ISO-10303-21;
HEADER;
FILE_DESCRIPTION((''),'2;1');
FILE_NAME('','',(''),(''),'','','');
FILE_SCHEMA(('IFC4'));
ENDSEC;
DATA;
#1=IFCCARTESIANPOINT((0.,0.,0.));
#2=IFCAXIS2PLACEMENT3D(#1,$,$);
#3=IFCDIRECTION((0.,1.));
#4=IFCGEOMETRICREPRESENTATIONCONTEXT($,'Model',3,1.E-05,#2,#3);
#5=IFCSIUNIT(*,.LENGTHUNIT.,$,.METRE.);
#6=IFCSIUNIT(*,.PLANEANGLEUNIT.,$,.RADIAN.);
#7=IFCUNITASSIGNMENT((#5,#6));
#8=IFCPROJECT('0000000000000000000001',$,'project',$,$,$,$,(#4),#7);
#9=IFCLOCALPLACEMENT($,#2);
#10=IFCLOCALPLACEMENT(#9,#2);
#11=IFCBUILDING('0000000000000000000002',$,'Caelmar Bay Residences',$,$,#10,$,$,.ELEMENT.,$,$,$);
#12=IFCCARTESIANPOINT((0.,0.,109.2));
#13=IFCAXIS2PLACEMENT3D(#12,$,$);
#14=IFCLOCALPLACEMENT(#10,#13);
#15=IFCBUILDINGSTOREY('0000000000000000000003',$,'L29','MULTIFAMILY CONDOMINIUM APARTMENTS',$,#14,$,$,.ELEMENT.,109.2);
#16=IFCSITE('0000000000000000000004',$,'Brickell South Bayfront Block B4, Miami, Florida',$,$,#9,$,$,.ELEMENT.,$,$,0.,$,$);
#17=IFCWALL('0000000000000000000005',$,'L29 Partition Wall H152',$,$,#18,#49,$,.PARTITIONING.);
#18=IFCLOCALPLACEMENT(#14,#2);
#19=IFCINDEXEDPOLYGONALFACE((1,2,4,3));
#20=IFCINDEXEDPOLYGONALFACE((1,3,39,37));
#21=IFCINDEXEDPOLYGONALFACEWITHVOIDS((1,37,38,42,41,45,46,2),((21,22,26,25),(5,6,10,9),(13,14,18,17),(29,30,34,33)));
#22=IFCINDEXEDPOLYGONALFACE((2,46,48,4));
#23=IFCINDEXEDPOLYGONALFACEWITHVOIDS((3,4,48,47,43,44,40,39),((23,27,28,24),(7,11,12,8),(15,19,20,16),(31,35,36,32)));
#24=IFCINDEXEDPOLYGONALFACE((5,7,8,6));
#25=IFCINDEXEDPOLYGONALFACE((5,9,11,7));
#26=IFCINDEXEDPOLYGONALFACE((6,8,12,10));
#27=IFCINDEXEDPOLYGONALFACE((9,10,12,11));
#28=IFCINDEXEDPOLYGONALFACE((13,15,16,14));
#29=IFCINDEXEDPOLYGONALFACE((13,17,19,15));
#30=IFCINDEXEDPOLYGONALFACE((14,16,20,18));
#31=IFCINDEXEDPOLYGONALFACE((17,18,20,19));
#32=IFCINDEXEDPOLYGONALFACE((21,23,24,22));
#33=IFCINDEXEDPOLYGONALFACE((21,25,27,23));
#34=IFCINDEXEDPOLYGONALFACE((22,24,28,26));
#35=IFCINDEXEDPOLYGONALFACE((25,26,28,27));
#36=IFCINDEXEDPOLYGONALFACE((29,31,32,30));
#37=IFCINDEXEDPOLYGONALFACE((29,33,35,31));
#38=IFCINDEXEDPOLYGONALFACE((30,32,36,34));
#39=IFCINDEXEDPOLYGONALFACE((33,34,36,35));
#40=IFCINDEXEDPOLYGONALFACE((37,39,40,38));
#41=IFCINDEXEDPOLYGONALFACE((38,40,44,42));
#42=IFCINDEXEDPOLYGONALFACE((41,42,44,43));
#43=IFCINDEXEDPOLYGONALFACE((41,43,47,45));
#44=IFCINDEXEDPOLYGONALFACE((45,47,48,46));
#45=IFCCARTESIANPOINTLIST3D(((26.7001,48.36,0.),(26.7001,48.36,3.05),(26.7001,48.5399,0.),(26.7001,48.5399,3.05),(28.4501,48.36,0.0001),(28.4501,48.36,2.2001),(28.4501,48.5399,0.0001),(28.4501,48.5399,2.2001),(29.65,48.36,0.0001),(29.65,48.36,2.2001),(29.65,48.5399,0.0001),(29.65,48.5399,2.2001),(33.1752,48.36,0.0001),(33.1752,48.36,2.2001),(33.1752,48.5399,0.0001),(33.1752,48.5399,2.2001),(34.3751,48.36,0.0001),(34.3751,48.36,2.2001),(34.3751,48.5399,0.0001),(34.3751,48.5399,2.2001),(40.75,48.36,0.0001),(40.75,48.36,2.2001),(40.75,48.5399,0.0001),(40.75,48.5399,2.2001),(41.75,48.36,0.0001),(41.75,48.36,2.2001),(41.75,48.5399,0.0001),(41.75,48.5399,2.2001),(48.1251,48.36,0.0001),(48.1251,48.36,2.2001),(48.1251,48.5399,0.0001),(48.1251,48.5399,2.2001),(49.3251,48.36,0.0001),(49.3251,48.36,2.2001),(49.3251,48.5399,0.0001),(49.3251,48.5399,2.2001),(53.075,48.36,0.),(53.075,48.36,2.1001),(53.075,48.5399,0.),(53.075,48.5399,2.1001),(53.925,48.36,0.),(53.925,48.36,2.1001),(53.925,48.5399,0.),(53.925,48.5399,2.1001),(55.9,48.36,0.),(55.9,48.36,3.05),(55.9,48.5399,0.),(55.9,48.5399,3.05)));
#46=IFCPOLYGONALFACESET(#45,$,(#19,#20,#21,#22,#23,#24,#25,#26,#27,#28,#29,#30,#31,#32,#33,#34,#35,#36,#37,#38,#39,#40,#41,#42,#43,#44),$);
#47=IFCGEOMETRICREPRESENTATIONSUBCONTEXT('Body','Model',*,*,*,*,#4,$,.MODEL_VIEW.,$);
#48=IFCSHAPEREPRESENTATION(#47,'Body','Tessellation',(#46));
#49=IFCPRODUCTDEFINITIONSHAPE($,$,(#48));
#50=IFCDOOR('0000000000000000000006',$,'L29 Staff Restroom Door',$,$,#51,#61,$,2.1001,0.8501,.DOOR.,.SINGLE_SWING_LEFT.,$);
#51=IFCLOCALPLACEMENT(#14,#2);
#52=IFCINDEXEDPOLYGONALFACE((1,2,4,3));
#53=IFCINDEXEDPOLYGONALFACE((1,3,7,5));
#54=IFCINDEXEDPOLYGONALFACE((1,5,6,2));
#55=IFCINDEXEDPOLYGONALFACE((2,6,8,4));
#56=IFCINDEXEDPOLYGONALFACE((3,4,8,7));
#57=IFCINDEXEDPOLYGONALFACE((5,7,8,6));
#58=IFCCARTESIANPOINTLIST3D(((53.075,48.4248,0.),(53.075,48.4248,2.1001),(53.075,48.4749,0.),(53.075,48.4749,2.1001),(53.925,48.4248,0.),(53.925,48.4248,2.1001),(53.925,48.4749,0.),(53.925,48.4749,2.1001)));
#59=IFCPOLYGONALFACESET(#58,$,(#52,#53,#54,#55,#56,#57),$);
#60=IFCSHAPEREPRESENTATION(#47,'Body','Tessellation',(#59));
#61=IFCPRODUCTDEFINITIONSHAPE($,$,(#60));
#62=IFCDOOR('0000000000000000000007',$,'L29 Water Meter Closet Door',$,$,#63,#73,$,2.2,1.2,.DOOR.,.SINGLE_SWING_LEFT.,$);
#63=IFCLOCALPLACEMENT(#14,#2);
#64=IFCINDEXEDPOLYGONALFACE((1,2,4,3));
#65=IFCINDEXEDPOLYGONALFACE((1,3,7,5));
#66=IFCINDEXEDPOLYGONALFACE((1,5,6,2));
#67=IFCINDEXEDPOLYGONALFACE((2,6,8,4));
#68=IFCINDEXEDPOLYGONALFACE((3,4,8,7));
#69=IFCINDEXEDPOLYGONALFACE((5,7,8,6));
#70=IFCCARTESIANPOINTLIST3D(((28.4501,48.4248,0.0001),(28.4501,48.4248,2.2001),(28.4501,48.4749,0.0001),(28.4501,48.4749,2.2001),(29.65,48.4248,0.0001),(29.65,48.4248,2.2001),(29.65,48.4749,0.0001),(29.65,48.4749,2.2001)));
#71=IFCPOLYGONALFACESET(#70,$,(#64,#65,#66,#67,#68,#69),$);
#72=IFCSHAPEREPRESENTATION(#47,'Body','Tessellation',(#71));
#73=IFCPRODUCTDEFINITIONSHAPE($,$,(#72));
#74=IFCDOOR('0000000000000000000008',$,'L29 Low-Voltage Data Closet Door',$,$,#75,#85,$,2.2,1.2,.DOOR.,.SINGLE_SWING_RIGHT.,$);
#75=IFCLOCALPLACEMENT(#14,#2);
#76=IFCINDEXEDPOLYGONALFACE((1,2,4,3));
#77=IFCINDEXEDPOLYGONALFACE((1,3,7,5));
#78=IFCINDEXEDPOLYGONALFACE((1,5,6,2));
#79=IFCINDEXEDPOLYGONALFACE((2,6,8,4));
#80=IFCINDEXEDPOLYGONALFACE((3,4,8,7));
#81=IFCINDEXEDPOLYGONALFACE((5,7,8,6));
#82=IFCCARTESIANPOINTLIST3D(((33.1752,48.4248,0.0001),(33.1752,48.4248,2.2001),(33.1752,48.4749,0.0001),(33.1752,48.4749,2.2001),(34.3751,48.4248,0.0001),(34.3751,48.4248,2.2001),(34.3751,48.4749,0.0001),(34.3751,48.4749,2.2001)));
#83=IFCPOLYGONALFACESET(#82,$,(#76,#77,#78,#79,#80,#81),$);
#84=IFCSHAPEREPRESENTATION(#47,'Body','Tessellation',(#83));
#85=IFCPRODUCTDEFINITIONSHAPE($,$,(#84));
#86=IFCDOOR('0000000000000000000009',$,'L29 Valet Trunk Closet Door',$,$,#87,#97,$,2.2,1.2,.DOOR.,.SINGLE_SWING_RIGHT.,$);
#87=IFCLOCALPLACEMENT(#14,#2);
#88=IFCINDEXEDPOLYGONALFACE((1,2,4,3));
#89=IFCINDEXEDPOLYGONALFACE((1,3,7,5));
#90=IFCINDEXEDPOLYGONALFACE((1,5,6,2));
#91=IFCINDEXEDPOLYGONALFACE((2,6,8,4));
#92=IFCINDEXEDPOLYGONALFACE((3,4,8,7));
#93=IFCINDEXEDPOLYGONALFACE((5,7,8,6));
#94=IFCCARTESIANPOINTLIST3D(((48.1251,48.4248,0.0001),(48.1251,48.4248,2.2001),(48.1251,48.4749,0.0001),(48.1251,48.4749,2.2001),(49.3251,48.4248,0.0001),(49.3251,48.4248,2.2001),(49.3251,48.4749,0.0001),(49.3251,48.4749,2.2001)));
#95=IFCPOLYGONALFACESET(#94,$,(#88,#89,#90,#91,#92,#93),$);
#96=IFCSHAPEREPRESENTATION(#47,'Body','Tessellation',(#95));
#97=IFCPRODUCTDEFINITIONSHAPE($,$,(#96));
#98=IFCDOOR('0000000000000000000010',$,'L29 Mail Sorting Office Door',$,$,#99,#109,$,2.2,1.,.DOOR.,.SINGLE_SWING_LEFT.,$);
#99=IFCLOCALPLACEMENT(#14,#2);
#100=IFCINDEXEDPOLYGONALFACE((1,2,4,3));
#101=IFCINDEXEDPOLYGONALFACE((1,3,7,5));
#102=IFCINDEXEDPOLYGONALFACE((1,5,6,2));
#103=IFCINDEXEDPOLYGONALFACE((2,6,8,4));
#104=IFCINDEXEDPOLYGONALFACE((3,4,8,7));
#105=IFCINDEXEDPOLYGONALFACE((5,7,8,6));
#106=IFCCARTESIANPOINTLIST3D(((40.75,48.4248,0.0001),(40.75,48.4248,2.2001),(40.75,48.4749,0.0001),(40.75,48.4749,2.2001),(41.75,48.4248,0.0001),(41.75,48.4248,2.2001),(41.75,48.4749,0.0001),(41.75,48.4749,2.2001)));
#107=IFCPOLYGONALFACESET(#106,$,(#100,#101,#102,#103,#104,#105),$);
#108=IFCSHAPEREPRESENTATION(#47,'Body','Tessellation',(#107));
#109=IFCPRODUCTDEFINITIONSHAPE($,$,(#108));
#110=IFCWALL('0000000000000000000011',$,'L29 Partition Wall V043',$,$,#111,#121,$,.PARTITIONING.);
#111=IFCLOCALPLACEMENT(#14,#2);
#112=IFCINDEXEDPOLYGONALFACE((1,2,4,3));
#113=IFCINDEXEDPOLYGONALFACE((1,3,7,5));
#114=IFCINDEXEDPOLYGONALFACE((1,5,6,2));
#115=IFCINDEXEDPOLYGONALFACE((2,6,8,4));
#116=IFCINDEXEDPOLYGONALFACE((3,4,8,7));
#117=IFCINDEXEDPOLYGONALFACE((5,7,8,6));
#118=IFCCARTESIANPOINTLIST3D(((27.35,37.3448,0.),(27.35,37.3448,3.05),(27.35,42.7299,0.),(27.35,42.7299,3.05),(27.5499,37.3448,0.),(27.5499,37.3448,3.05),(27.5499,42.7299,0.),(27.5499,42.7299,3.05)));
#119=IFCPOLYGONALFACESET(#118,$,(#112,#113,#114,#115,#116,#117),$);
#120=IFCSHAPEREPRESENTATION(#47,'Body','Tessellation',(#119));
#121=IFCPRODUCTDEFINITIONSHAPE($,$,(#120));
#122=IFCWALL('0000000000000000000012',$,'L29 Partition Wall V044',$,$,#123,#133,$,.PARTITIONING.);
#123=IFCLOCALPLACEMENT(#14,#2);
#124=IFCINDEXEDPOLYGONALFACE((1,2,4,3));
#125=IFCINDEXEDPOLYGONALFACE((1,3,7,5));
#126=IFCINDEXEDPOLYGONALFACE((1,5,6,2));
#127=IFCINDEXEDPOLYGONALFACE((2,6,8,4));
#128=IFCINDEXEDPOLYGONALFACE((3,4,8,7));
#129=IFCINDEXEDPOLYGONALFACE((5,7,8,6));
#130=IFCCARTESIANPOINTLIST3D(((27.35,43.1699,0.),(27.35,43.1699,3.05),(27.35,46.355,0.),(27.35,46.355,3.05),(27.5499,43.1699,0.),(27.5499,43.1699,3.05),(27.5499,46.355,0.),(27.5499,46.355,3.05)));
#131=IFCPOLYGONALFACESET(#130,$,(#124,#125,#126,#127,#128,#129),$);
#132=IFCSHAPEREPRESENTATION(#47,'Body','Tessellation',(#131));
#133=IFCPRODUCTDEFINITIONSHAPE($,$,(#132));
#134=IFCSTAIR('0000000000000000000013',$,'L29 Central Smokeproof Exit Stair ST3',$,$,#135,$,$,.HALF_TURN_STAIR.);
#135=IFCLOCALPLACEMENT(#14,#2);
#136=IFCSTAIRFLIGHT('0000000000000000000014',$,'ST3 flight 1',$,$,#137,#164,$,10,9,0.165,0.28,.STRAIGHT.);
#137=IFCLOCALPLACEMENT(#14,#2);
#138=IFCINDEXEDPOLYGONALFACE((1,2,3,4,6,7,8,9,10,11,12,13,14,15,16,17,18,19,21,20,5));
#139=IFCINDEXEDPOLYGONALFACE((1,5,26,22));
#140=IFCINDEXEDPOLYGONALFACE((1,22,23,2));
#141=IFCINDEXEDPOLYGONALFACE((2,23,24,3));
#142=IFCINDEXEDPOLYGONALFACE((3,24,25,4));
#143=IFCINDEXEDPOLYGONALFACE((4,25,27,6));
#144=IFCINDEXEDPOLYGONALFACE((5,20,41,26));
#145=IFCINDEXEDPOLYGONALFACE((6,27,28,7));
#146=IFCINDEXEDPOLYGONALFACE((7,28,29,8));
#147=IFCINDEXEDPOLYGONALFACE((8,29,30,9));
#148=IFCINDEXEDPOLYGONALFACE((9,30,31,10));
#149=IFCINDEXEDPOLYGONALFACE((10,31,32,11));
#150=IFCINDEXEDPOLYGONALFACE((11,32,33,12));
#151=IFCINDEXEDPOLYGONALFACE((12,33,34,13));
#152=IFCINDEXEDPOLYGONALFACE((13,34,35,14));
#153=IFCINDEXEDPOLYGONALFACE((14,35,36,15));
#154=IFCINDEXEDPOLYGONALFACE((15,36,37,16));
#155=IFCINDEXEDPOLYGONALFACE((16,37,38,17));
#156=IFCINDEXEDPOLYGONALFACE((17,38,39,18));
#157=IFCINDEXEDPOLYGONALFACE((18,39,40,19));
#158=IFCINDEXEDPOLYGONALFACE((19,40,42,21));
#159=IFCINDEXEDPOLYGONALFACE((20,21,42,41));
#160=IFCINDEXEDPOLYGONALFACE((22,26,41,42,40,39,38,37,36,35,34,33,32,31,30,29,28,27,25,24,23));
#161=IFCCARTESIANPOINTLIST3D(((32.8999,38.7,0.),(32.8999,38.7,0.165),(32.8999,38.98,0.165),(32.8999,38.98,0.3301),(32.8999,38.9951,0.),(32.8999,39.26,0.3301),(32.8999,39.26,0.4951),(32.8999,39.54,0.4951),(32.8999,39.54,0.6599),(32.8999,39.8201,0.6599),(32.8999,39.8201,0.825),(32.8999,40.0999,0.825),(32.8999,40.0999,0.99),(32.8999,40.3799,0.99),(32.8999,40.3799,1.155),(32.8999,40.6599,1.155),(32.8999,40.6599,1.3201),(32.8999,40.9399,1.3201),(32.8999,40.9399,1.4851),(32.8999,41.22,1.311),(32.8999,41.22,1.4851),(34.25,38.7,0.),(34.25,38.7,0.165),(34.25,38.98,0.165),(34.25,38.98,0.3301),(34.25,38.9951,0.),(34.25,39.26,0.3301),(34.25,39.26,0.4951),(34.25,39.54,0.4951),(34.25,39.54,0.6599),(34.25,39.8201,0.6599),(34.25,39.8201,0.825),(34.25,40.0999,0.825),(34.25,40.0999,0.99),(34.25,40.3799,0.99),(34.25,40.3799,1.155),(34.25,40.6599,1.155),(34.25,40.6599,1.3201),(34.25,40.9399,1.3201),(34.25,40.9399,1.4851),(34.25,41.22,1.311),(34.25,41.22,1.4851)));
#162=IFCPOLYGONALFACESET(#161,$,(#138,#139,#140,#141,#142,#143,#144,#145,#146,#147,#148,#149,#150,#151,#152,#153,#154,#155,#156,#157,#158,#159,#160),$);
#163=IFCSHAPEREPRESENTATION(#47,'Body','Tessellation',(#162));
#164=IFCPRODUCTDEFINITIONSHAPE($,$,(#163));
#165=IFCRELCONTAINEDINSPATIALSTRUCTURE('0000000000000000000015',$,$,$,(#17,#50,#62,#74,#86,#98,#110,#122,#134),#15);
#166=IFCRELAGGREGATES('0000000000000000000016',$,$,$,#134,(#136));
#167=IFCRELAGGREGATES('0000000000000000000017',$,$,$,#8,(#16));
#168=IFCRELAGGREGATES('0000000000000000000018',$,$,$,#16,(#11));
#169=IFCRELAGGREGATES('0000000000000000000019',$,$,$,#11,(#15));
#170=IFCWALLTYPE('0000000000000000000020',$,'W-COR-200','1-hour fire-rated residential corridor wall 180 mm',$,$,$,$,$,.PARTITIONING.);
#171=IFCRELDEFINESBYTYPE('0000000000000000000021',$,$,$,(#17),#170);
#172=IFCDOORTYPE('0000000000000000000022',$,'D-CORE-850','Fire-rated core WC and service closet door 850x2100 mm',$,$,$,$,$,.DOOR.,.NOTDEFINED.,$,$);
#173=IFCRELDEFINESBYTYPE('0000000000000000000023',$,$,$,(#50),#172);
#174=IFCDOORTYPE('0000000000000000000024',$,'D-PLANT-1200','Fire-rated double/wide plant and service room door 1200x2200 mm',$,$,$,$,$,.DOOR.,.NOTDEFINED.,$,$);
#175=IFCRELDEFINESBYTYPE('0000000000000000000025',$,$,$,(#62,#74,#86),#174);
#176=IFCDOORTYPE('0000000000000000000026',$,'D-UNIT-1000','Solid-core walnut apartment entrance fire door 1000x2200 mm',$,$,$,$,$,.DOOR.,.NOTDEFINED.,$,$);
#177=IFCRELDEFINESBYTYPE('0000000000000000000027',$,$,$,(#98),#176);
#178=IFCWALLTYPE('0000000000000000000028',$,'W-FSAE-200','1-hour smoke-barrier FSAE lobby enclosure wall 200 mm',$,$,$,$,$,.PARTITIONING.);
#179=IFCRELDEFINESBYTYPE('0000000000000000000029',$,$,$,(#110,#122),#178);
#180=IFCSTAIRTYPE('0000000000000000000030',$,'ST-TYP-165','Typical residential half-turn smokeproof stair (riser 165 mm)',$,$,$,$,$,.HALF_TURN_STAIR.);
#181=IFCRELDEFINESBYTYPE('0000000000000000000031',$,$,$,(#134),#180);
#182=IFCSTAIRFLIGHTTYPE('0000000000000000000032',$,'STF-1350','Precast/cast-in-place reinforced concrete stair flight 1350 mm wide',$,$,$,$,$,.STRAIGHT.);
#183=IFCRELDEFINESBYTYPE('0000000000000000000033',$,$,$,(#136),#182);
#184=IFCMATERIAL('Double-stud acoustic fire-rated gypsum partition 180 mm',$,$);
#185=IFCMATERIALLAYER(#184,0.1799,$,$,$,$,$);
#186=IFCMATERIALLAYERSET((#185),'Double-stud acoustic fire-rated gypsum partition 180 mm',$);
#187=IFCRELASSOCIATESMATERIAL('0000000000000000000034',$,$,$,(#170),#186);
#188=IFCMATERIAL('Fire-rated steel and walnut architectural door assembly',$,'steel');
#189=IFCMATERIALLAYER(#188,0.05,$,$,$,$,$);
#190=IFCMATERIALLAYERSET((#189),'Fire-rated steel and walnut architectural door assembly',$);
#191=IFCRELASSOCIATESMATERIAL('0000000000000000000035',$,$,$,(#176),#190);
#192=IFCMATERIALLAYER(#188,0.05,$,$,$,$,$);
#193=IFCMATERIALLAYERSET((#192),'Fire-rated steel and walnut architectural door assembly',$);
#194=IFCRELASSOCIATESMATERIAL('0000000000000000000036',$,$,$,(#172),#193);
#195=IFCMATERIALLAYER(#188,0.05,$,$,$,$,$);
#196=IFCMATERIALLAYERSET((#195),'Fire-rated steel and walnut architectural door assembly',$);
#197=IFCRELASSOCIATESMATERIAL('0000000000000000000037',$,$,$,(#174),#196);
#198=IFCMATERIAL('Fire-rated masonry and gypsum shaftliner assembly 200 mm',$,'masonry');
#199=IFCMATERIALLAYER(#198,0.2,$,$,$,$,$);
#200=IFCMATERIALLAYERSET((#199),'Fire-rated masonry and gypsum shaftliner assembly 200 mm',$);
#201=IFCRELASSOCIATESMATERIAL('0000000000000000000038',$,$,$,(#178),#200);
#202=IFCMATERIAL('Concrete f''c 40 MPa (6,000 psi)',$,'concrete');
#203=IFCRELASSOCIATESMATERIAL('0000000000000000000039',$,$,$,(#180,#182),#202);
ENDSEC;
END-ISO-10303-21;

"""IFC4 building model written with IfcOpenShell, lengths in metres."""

from ifc_helpers import new_model, si_unit, direction, frame, frame_2d, origin, place, context, subcontext, project, spatial, polyline, rectangle, outline, extrude, material, layer, layer_set, type_object, element, fill, aggregate, save


model = new_model("IFC4")

# Units and contexts
model_context = context("Model", 3, precision=1e-05, world=origin(), true_north=direction((0.0, 1.0)))
body_context = subcontext(model_context, "Body", "Model", "MODEL_VIEW")
ifc_project = project(units=[si_unit("LENGTHUNIT", "METRE"), si_unit("PLANEANGLEUNIT", "RADIAN")], contexts=[model_context])

# Site, building, storey
site_placement = place(None, origin())
site = spatial("IfcSite", under=ifc_project, at=site_placement, Name="Brickell South Bayfront Block B4, Miami, Florida", CompositionType="ELEMENT", RefElevation=0.0)
building_placement = place(site_placement, origin())
building = spatial("IfcBuilding", under=site, at=building_placement, Name="Caelmar Bay Residences", CompositionType="ELEMENT")
storey_placement = place(building_placement, frame((0.0, 0.0, 109.2)))
storey = spatial("IfcBuildingStorey", under=building, at=storey_placement, Name="L29", Description="MULTIFAMILY CONDOMINIUM APARTMENTS", CompositionType="ELEMENT", Elevation=109.2)

# Shared definitions
ifc_material_1 = material(Name="Double-stud acoustic fire-rated gypsum partition 180 mm")
ifc_layer_1 = layer(ifc_material_1, 0.1799)
ifc_layer_set_1 = layer_set([ifc_layer_1], Name="Double-stud acoustic fire-rated gypsum partition 180 mm")
wall_type_1 = type_object("IfcWallType", Name="W-COR-200", Description="1-hour fire-rated residential corridor wall 180 mm", PredefinedType="PARTITIONING", material=ifc_layer_set_1)

# Wall, openings, doors
ifc_material_2 = material(Name="Fire-rated steel and walnut architectural door assembly", Category="steel")
ifc_layer_2 = layer(ifc_material_2, 0.05)
ifc_layer_set_2 = layer_set([ifc_layer_2], Name="Fire-rated steel and walnut architectural door assembly")
door_type_1 = type_object("IfcDoorType", Name="D-UNIT-1000", Description="Solid-core walnut apartment entrance fire door 1000x2200 mm", OperationType="NOTDEFINED", PredefinedType="DOOR", material=ifc_layer_set_2)
wall_1_placement = place(storey_placement, frame((26.7, 48.45, 0.0), z_axis=(0.0, 0.0, 1.0), x_axis=(1.0, 0.0, 0.0)))
wall_1 = element("IfcWall", 1, at=wall_1_placement, inside=storey, type_object=wall_type_1, Name="L29 Partition Wall H152", PredefinedType="PARTITIONING", context=body_context, shape_type="SweptSolid", body=[
    extrude(rectangle(XDim=29.2, YDim=0.1799, at=frame_2d((14.6001, 0.0))), origin(), (0.0, 0.0, 1.0), 3.05),
])
opening_1_placement = place(wall_1_placement, frame((1.75, 0.0, 0.0)))
opening_1 = element("IfcOpeningElement", 2, at=opening_1_placement, cuts=wall_1, PredefinedType="OPENING", context=body_context, shape_type="SweptSolid", body=[
    extrude(rectangle(XDim=1.2, YDim=2.2, at=frame_2d((0.6001, 1.1001))), frame((0.0, 0.0999, 0.0), z_axis=(0.0, -1.0, 0.0), x_axis=(1.0, 0.0, 0.0)), (0.0, 0.0, 1.0), 0.2),
])
opening_2_placement = place(wall_1_placement, frame((6.4751, 0.0, 0.0)))
opening_2 = element("IfcOpeningElement", 3, at=opening_2_placement, cuts=wall_1, PredefinedType="OPENING", context=body_context, shape_type="SweptSolid", body=[
    extrude(rectangle(XDim=1.2, YDim=2.2, at=frame_2d((0.6001, 1.1001))), frame((0.0, 0.0999, 0.0), z_axis=(0.0, -1.0, 0.0), x_axis=(1.0, 0.0, 0.0)), (0.0, 0.0, 1.0), 0.2),
])
opening_3_placement = place(wall_1_placement, frame((14.05, 0.0, 0.0)))
opening_3 = element("IfcOpeningElement", 4, at=opening_3_placement, cuts=wall_1, PredefinedType="OPENING", context=body_context, shape_type="SweptSolid", body=[
    extrude(rectangle(XDim=1.0, YDim=2.2, at=frame_2d((0.5, 1.1001))), frame((0.0, 0.0999, 0.0), z_axis=(0.0, -1.0, 0.0), x_axis=(1.0, 0.0, 0.0)), (0.0, 0.0, 1.0), 0.2),
])
opening_4_placement = place(wall_1_placement, frame((21.425, 0.0, 0.0)))
opening_4 = element("IfcOpeningElement", 5, at=opening_4_placement, cuts=wall_1, PredefinedType="OPENING", context=body_context, shape_type="SweptSolid", body=[
    extrude(rectangle(XDim=1.2, YDim=2.2, at=frame_2d((0.6001, 1.1001))), frame((0.0, 0.0999, 0.0), z_axis=(0.0, -1.0, 0.0), x_axis=(1.0, 0.0, 0.0)), (0.0, 0.0, 1.0), 0.2),
])
opening_5_placement = place(wall_1_placement, frame((26.375, 0.0, 0.0)))
opening_5 = element("IfcOpeningElement", 6, at=opening_5_placement, cuts=wall_1, PredefinedType="OPENING", context=body_context, shape_type="SweptSolid", body=[
    extrude(rectangle(XDim=0.8501, YDim=2.1001, at=frame_2d((0.425, 1.05))), frame((0.0, 0.0999, 0.0), z_axis=(0.0, -1.0, 0.0), x_axis=(1.0, 0.0, 0.0)), (0.0, 0.0, 1.0), 0.2),
])
ifc_layer_3 = layer(ifc_material_2, 0.05)
ifc_layer_set_3 = layer_set([ifc_layer_3], Name="Fire-rated steel and walnut architectural door assembly")
door_type_2 = type_object("IfcDoorType", Name="D-CORE-850", Description="Fire-rated core WC and service closet door 850x2100 mm", OperationType="NOTDEFINED", PredefinedType="DOOR", material=ifc_layer_set_3)
door_1_placement = place(opening_5_placement, origin())
door_1 = element("IfcDoor", 7, at=door_1_placement, inside=storey, type_object=door_type_2, Name="L29 Staff Restroom Door", OperationType="SINGLE_SWING_LEFT", OverallHeight=2.1001, OverallWidth=0.8501, PredefinedType="DOOR", context=body_context, shape_type="SweptSolid", body=[
    extrude(rectangle(XDim=0.8501, YDim=2.1001, at=frame_2d((0.425, 1.05))), frame((0.0, 0.0249, 0.0), z_axis=(0.0, -1.0, 0.0), x_axis=(1.0, 0.0, 0.0)), (0.0, 0.0, 1.0), 0.05),
])
fill(opening_5, door_1)
ifc_layer_4 = layer(ifc_material_2, 0.05)
ifc_layer_set_4 = layer_set([ifc_layer_4], Name="Fire-rated steel and walnut architectural door assembly")
door_type_3 = type_object("IfcDoorType", Name="D-PLANT-1200", Description="Fire-rated double/wide plant and service room door 1200x2200 mm", OperationType="NOTDEFINED", PredefinedType="DOOR", material=ifc_layer_set_4)
door_2_placement = place(opening_1_placement, origin())
door_2 = element("IfcDoor", 8, at=door_2_placement, inside=storey, type_object=door_type_3, Name="L29 Water Meter Closet Door", OperationType="SINGLE_SWING_LEFT", OverallHeight=2.2, OverallWidth=1.2, PredefinedType="DOOR", context=body_context, shape_type="SweptSolid", body=[
    extrude(rectangle(XDim=1.2, YDim=2.2, at=frame_2d((0.6001, 1.1001))), frame((0.0, 0.0249, 0.0), z_axis=(0.0, -1.0, 0.0), x_axis=(1.0, 0.0, 0.0)), (0.0, 0.0, 1.0), 0.05),
])
fill(opening_1, door_2)
door_3_placement = place(opening_2_placement, origin())
door_3 = element("IfcDoor", 9, at=door_3_placement, inside=storey, type_object=door_type_3, Name="L29 Low-Voltage Data Closet Door", OperationType="SINGLE_SWING_RIGHT", OverallHeight=2.2, OverallWidth=1.2, PredefinedType="DOOR", context=body_context, shape_type="SweptSolid", body=[
    extrude(rectangle(XDim=1.2, YDim=2.2, at=frame_2d((0.6001, 1.1001))), frame((0.0, 0.0249, 0.0), z_axis=(0.0, -1.0, 0.0), x_axis=(1.0, 0.0, 0.0)), (0.0, 0.0, 1.0), 0.05),
])
fill(opening_2, door_3)
door_4_placement = place(opening_4_placement, origin())
door_4 = element("IfcDoor", 10, at=door_4_placement, inside=storey, type_object=door_type_3, Name="L29 Valet Trunk Closet Door", OperationType="SINGLE_SWING_RIGHT", OverallHeight=2.2, OverallWidth=1.2, PredefinedType="DOOR", context=body_context, shape_type="SweptSolid", body=[
    extrude(rectangle(XDim=1.2, YDim=2.2, at=frame_2d((0.6001, 1.1001))), frame((0.0, 0.0249, 0.0), z_axis=(0.0, -1.0, 0.0), x_axis=(1.0, 0.0, 0.0)), (0.0, 0.0, 1.0), 0.05),
])
fill(opening_4, door_4)
door_5_placement = place(opening_3_placement, origin())
door_5 = element("IfcDoor", 11, at=door_5_placement, inside=storey, type_object=door_type_1, Name="L29 Mail Sorting Office Door", OperationType="SINGLE_SWING_LEFT", OverallHeight=2.2, OverallWidth=1.0, PredefinedType="DOOR", context=body_context, shape_type="SweptSolid", body=[
    extrude(rectangle(XDim=1.0, YDim=2.2, at=frame_2d((0.5, 1.1001))), frame((0.0, 0.0249, 0.0), z_axis=(0.0, -1.0, 0.0), x_axis=(1.0, 0.0, 0.0)), (0.0, 0.0, 1.0), 0.05),
])
fill(opening_3, door_5)

# Walls
ifc_material_3 = material(Name="Fire-rated masonry and gypsum shaftliner assembly 200 mm", Category="masonry")
ifc_layer_5 = layer(ifc_material_3, 0.2)
ifc_layer_set_5 = layer_set([ifc_layer_5], Name="Fire-rated masonry and gypsum shaftliner assembly 200 mm")
wall_type_2 = type_object("IfcWallType", Name="W-FSAE-200", Description="1-hour smoke-barrier FSAE lobby enclosure wall 200 mm", PredefinedType="PARTITIONING", material=ifc_layer_set_5)
wall_2_placement = place(storey_placement, frame((27.45, 37.345, 0.0), z_axis=(0.0, 0.0, 1.0), x_axis=(0.0, 1.0, 0.0)))
element("IfcWall", 12, at=wall_2_placement, inside=storey, type_object=wall_type_2, Name="L29 Partition Wall V043", PredefinedType="PARTITIONING", context=body_context, shape_type="SweptSolid", body=[
    extrude(rectangle(XDim=5.385, YDim=0.2, at=frame_2d((2.6924, 0.0))), origin(), (0.0, 0.0, 1.0), 3.05),
])
wall_3_placement = place(storey_placement, frame((27.45, 43.1699, 0.0), z_axis=(0.0, 0.0, 1.0), x_axis=(0.0, 1.0, 0.0)))
element("IfcWall", 13, at=wall_3_placement, inside=storey, type_object=wall_type_2, Name="L29 Partition Wall V044", PredefinedType="PARTITIONING", context=body_context, shape_type="SweptSolid", body=[
    extrude(rectangle(XDim=3.1851, YDim=0.2, at=frame_2d((1.5925, 0.0))), origin(), (0.0, 0.0, 1.0), 3.05),
])

# Stair, stair flight
ifc_material_4 = material(Name="Concrete f'c 40 MPa (6,000 psi)", Category="concrete")
stair_type = type_object("IfcStairType", Name="ST-TYP-165", Description="Typical residential half-turn smokeproof stair (riser 165 mm)", PredefinedType="HALF_TURN_STAIR", material=ifc_material_4)
stair_placement = place(storey_placement, origin())
stair = element("IfcStair", 14, at=stair_placement, inside=storey, type_object=stair_type, Name="L29 Central Smokeproof Exit Stair ST3", PredefinedType="HALF_TURN_STAIR")
stair_flight_type = type_object("IfcStairFlightType", Name="STF-1350", Description="Precast/cast-in-place reinforced concrete stair flight 1350 mm wide", PredefinedType="STRAIGHT", material=ifc_material_4)
stair_flight_1_placement = place(storey_placement, frame((33.575, 38.7, 0.0), z_axis=(0.0, 0.0, 1.0), x_axis=(0.0, 1.0, 0.0)))
stair_flight_1 = element("IfcStairFlight", 15, at=stair_flight_1_placement, type_object=stair_flight_type, Name="ST3 flight 1", NumberOfRisers=10, NumberOfTreads=9, PredefinedType="STRAIGHT", RiserHeight=0.165, TreadLength=0.28, context=body_context, shape_type="SweptSolid", body=[
    extrude(outline(polyline([(0.0, 0.0), (0.0, 0.165), (0.28, 0.165), (0.28, 0.3301), (0.5601, 0.3301), (0.5601, 0.4951), (0.8401, 0.4951), (0.8401, 0.6599), (1.1201, 0.6599), (1.1201, 0.825), (1.3999, 0.825), (1.3999, 0.99), (1.6799, 0.99), (1.6799, 1.155), (1.96, 1.155), (1.96, 1.3201), (2.24, 1.3201), (2.24, 1.4851), (2.52, 1.4851), (2.52, 1.6499), (2.52, 1.311), (0.2952, 0.0), (0.0, 0.0)])), frame((0.0, 0.675, 0.0), z_axis=(0.0, -1.0, 0.0), x_axis=(1.0, 0.0, 0.0)), (0.0, 0.0, 1.0), 1.3501),
])
aggregate(stair, [stair_flight_1])

save(model, "model.ifc")
